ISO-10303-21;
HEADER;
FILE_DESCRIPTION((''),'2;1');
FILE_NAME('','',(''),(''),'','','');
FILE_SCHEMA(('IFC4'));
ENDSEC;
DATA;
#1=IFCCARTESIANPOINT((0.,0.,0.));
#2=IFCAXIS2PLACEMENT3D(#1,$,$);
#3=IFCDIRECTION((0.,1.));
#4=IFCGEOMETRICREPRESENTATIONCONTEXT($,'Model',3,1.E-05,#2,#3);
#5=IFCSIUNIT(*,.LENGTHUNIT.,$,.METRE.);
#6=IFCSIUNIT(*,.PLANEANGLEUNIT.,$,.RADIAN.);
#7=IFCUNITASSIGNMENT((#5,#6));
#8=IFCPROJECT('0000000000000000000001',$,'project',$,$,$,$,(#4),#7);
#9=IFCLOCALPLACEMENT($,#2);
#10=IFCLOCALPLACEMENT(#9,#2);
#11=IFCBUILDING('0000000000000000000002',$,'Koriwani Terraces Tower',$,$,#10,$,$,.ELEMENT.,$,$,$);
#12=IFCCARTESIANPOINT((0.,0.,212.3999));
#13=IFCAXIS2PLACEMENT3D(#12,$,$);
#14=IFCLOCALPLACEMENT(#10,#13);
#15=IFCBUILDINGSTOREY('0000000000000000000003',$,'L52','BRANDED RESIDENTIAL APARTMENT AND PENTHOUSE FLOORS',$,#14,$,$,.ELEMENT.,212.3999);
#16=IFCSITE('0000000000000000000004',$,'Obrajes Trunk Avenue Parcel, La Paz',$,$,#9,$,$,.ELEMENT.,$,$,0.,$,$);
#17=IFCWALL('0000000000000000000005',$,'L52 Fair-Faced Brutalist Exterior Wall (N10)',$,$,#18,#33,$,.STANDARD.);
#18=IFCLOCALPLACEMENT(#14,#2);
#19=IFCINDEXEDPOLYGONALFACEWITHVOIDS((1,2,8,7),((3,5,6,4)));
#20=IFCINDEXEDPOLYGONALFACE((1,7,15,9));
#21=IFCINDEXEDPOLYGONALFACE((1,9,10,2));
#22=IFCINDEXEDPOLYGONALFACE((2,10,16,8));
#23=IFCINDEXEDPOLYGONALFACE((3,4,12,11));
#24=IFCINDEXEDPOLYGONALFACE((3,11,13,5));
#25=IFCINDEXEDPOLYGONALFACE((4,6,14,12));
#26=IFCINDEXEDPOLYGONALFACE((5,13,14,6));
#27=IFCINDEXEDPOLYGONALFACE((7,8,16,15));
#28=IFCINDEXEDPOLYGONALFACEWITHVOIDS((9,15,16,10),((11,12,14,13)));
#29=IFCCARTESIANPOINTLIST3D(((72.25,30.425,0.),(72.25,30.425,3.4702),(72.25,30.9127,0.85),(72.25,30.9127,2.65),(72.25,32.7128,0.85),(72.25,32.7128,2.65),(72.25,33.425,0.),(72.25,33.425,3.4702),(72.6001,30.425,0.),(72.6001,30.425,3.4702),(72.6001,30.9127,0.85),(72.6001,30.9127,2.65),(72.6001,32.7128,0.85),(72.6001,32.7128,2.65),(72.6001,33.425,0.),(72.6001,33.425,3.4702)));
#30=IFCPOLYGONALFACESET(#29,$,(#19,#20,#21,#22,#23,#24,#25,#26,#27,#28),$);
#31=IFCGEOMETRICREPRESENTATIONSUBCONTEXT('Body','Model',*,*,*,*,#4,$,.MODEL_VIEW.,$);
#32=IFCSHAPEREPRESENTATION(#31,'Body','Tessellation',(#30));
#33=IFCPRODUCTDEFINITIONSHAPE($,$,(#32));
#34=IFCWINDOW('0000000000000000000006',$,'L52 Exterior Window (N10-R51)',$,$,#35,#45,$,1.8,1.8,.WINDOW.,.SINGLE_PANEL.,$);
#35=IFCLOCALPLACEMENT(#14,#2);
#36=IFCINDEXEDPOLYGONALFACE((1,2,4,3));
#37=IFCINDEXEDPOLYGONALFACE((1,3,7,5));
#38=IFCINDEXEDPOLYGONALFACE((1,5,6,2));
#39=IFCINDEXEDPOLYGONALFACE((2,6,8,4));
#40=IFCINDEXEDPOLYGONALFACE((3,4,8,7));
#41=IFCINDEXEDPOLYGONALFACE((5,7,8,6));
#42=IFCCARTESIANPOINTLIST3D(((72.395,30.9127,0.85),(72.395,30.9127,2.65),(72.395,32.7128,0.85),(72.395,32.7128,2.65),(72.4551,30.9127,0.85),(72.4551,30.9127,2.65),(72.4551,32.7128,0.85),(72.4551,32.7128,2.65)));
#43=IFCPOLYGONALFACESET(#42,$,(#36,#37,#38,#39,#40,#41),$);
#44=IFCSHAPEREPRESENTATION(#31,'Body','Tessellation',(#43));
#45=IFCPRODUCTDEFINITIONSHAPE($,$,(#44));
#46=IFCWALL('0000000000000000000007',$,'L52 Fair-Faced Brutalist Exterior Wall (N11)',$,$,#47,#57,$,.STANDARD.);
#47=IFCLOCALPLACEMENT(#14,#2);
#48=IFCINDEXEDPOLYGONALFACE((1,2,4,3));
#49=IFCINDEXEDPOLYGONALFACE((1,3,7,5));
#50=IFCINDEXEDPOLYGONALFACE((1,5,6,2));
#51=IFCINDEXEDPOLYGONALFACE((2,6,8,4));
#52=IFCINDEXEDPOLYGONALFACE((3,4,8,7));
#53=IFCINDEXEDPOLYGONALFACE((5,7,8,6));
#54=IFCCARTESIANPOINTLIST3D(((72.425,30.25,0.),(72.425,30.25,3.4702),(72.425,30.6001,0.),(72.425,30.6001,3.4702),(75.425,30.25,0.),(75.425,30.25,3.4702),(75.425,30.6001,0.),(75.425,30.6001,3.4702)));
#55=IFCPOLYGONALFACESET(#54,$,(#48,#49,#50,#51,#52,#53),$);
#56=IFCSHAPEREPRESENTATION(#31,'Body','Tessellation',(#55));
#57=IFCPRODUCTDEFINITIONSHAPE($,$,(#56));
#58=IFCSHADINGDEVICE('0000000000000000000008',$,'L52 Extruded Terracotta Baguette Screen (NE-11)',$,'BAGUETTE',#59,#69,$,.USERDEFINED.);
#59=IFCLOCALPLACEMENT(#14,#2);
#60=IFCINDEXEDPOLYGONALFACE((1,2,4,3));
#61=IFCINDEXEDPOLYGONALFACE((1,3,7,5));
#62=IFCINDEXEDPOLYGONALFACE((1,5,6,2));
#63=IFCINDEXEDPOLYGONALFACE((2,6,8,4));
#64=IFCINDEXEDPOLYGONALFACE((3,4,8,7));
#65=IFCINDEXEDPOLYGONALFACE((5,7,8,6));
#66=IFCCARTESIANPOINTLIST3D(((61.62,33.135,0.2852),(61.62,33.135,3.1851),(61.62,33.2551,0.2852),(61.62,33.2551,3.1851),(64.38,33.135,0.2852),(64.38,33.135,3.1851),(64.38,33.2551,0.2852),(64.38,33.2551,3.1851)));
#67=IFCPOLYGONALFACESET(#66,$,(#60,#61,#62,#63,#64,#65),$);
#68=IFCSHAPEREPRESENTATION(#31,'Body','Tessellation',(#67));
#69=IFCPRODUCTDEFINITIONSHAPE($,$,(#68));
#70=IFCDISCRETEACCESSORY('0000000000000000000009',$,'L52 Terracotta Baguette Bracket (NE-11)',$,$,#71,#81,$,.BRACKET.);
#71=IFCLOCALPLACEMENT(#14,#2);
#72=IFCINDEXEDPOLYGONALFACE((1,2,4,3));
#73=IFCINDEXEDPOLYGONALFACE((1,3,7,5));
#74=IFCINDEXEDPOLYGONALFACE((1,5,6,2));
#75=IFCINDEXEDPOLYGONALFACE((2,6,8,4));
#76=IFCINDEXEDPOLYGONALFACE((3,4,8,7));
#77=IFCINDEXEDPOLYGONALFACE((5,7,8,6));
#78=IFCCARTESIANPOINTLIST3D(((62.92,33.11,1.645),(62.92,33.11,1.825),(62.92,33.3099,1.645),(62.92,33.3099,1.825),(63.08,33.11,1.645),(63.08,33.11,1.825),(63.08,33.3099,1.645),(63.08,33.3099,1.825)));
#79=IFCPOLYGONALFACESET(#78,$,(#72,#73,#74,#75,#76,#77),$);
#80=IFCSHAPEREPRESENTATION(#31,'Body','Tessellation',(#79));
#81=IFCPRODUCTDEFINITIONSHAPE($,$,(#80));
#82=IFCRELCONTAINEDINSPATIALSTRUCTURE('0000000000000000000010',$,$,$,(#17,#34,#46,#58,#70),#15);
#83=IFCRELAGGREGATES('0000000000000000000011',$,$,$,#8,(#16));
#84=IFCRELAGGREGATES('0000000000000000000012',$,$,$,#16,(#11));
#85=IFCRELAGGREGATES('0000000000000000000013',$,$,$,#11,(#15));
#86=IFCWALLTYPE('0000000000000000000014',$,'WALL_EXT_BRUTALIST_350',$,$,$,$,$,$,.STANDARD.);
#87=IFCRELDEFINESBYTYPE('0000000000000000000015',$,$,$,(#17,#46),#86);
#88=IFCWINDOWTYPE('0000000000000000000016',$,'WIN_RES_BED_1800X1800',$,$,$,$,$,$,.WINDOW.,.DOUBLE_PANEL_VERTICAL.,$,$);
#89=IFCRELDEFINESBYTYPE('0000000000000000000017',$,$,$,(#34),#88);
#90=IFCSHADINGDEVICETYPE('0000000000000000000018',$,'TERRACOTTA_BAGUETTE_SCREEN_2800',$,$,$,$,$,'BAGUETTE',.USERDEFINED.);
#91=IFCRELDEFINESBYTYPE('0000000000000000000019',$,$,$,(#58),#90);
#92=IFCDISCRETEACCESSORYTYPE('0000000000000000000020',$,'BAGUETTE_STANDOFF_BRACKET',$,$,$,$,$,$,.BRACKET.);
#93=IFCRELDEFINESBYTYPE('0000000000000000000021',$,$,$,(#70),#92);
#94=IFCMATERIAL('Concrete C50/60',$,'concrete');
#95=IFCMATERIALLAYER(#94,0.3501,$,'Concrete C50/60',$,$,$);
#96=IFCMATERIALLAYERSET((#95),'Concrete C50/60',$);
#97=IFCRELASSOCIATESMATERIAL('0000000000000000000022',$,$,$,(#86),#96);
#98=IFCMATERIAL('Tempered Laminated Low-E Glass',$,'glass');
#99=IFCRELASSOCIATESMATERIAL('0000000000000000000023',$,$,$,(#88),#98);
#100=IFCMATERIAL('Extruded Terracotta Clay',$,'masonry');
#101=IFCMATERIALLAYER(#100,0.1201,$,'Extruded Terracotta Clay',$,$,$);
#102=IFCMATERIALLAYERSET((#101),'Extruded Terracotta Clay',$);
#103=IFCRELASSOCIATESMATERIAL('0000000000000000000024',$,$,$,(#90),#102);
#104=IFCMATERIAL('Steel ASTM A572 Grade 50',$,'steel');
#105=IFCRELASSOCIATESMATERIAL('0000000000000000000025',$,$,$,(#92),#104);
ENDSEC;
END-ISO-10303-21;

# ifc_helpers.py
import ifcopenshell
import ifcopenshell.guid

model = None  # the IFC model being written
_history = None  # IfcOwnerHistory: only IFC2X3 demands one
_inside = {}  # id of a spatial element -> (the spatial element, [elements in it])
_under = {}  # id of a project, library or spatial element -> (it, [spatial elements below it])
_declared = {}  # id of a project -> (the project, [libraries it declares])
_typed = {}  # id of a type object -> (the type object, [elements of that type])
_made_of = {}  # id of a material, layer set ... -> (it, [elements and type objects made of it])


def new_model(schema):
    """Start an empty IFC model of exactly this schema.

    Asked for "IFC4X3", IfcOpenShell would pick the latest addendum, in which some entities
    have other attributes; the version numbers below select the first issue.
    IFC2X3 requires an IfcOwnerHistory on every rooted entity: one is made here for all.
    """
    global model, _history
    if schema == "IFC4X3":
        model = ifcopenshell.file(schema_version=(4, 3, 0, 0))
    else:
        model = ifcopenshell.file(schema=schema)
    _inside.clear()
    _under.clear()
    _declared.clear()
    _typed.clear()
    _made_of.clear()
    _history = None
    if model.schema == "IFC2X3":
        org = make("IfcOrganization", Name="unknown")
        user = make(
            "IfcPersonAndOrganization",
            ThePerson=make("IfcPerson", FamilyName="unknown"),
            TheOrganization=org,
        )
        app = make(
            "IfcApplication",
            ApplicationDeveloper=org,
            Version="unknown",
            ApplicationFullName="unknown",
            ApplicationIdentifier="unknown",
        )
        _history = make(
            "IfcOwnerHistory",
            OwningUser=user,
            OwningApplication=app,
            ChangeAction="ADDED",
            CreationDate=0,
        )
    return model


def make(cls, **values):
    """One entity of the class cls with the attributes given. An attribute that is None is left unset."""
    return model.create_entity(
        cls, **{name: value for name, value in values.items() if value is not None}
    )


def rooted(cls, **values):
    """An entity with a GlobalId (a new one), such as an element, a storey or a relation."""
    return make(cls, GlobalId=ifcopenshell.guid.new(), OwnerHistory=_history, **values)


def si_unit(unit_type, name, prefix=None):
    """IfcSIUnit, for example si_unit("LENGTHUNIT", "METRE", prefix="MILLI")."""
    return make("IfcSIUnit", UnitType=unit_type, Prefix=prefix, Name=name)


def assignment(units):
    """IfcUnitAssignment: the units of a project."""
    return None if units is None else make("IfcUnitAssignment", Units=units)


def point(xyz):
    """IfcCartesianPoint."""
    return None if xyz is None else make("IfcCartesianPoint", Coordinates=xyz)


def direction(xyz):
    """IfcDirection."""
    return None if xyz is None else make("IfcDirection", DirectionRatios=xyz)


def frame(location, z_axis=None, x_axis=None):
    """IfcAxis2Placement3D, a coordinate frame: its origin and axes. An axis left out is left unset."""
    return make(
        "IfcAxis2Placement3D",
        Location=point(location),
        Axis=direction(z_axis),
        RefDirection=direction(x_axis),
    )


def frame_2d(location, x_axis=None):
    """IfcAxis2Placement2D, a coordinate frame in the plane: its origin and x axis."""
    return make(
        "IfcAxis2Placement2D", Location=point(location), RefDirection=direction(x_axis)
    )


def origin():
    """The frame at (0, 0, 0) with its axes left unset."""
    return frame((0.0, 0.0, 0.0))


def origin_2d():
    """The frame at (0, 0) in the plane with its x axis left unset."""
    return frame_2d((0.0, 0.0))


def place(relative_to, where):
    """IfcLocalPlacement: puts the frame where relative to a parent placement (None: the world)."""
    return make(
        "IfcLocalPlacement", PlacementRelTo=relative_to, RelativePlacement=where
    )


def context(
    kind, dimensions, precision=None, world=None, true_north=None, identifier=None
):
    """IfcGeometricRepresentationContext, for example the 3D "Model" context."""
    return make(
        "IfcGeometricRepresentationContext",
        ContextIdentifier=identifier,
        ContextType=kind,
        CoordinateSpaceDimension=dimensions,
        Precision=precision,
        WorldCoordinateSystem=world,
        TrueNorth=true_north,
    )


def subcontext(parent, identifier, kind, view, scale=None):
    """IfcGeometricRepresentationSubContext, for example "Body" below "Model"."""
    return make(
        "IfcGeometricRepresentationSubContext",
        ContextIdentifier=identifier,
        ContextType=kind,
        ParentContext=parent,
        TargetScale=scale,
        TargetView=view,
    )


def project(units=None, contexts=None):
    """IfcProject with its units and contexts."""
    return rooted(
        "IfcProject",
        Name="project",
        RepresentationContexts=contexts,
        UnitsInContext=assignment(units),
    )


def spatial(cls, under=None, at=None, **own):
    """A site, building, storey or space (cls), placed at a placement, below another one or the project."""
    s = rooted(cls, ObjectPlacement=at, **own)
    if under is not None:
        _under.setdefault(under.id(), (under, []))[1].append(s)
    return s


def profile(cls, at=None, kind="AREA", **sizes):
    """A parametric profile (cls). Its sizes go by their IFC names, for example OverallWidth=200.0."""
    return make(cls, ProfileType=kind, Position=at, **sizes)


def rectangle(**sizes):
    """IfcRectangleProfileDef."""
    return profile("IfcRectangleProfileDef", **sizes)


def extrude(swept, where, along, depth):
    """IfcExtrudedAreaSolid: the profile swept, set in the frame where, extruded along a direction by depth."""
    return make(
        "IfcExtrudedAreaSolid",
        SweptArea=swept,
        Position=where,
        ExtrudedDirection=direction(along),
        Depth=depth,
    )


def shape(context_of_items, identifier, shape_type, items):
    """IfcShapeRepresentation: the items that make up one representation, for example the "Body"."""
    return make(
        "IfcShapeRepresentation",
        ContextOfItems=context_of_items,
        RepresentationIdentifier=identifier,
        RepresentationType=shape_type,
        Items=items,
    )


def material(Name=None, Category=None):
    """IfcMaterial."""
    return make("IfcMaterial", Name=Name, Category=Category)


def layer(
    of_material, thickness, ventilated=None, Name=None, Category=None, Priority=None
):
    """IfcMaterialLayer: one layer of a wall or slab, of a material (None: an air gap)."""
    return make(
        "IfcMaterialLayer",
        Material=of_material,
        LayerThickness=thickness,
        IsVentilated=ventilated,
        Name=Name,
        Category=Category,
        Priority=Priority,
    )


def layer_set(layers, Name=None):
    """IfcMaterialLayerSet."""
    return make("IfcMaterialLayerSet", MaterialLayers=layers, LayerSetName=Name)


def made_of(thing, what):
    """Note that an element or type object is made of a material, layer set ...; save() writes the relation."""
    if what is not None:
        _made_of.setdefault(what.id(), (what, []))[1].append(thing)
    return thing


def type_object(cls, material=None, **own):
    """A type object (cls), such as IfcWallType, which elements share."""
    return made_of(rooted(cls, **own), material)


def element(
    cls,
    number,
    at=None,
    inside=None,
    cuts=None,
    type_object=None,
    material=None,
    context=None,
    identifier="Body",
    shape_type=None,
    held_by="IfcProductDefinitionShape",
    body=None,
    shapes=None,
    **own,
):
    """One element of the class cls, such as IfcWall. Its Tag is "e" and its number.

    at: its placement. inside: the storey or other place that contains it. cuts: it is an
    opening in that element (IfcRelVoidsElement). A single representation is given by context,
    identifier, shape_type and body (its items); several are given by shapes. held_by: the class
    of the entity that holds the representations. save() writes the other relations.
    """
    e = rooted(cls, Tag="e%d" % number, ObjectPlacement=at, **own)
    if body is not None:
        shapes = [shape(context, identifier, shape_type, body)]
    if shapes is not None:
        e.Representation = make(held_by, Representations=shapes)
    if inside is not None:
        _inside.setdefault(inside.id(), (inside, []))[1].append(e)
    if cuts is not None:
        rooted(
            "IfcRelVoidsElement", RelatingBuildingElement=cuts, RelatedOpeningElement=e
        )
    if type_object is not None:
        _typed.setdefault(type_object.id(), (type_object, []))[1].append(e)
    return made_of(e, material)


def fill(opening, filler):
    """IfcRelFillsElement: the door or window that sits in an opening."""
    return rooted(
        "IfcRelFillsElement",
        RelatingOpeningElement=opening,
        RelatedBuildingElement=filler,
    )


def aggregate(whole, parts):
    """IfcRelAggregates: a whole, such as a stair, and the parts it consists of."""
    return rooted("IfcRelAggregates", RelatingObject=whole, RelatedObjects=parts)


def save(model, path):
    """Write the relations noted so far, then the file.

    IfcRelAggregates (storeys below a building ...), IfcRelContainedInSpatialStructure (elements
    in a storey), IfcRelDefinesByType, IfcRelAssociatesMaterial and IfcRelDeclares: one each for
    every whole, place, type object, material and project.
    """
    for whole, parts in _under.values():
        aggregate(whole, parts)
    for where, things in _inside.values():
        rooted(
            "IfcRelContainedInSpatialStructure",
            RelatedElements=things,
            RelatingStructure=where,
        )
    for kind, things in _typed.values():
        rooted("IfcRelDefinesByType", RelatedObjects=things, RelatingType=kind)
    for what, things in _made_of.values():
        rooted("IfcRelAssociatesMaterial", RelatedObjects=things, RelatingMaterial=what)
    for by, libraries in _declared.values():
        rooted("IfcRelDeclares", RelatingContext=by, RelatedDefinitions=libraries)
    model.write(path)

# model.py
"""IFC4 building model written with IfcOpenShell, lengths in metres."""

from ifc_helpers import new_model, si_unit, direction, frame, frame_2d, origin, origin_2d, place, context, subcontext, project, spatial, rectangle, extrude, material, layer, layer_set, type_object, element, fill, save


model = new_model("IFC4")

# Units and contexts
model_context = context("Model", 3, precision=1e-05, world=origin(), true_north=direction((0.0, 1.0)))
body_context = subcontext(model_context, "Body", "Model", "MODEL_VIEW")
ifc_project = project(units=[si_unit("LENGTHUNIT", "METRE"), si_unit("PLANEANGLEUNIT", "RADIAN")], contexts=[model_context])

# Site, building, storey
site_placement = place(None, origin())
site = spatial("IfcSite", under=ifc_project, at=site_placement, Name="Obrajes Trunk Avenue Parcel, La Paz", CompositionType="ELEMENT", RefElevation=0.0)
building_placement = place(site_placement, origin())
building = spatial("IfcBuilding", under=site, at=building_placement, Name="Koriwani Terraces Tower", CompositionType="ELEMENT")
storey_placement = place(building_placement, frame((0.0, 0.0, 212.3999)))
storey = spatial("IfcBuildingStorey", under=building, at=storey_placement, Name="L52", Description="BRANDED RESIDENTIAL APARTMENT AND PENTHOUSE FLOORS", CompositionType="ELEMENT", Elevation=212.3999)

# Shared definitions
ifc_material_1 = material(Name="Concrete C50/60", Category="concrete")

# Shared definitions
ifc_material_2 = material(Name="Steel ASTM A572 Grade 50", Category="steel")

# Shared definitions
ifc_material_3 = material(Name="Tempered Laminated Low-E Glass", Category="glass")

# Wall, opening, window
ifc_layer_1 = layer(ifc_material_1, 0.3501, Name="Concrete C50/60")
ifc_layer_set_1 = layer_set([ifc_layer_1], Name="Concrete C50/60")
wall_type_1 = type_object("IfcWallType", Name="WALL_EXT_BRUTALIST_350", PredefinedType="STANDARD", material=ifc_layer_set_1)
wall_1_placement = place(storey_placement, frame((72.425, 33.425, 0.0), z_axis=(0.0, 0.0, 1.0), x_axis=(0.0, -1.0, 0.0)))
wall_1 = element("IfcWall", 1, at=wall_1_placement, inside=storey, type_object=wall_type_1, Name="L52 Fair-Faced Brutalist Exterior Wall (N10)", PredefinedType="STANDARD", context=body_context, shape_type="SweptSolid", body=[
    extrude(rectangle(XDim=3.0, YDim=0.3501, at=frame_2d((1.5, 0.0))), origin(), (0.0, 0.0, 1.0), 3.4702),
])
opening_placement = place(wall_1_placement, frame((0.7124, 0.0, 0.8501)))
opening = element("IfcOpeningElement", 2, at=opening_placement, cuts=wall_1, PredefinedType="OPENING", context=body_context, shape_type="SweptSolid", body=[
    extrude(rectangle(XDim=1.8, YDim=1.8, at=frame_2d((0.8999, 0.8999))), frame((0.0, 0.1851, 0.0), z_axis=(0.0, -1.0, 0.0), x_axis=(1.0, 0.0, 0.0)), (0.0, 0.0, 1.0), 0.3701),
])
window_type = type_object("IfcWindowType", Name="WIN_RES_BED_1800X1800", PartitioningType="DOUBLE_PANEL_VERTICAL", PredefinedType="WINDOW", material=ifc_material_3)
window_placement = place(opening_placement, origin())
window = element("IfcWindow", 3, at=window_placement, inside=storey, type_object=window_type, Name="L52 Exterior Window (N10-R51)", OverallHeight=1.8, OverallWidth=1.8, PartitioningType="SINGLE_PANEL", PredefinedType="WINDOW", context=body_context, shape_type="SweptSolid", body=[
    extrude(rectangle(XDim=1.8, YDim=1.8, at=frame_2d((0.8999, 0.8999))), frame((0.0, 0.03, 0.0), z_axis=(0.0, -1.0, 0.0), x_axis=(1.0, 0.0, 0.0)), (0.0, 0.0, 1.0), 0.0601),
])
fill(opening, window)

# Wall
wall_2_placement = place(storey_placement, frame((72.425, 30.425, 0.0), z_axis=(0.0, 0.0, 1.0), x_axis=(1.0, 0.0, 0.0)))
element("IfcWall", 4, at=wall_2_placement, inside=storey, type_object=wall_type_1, Name="L52 Fair-Faced Brutalist Exterior Wall (N11)", PredefinedType="STANDARD", context=body_context, shape_type="SweptSolid", body=[
    extrude(rectangle(XDim=3.0, YDim=0.3501, at=frame_2d((1.5, 0.0))), origin(), (0.0, 0.0, 1.0), 3.4702),
])

# Shading device
ifc_material_4 = material(Name="Extruded Terracotta Clay", Category="masonry")
ifc_layer_2 = layer(ifc_material_4, 0.1201, Name="Extruded Terracotta Clay")
ifc_layer_set_2 = layer_set([ifc_layer_2], Name="Extruded Terracotta Clay")
shading_device_type = type_object("IfcShadingDeviceType", Name="TERRACOTTA_BAGUETTE_SCREEN_2800", ElementType="BAGUETTE", PredefinedType="USERDEFINED", material=ifc_layer_set_2)
shading_device_placement = place(storey_placement, frame((63.0, 33.1951, 0.2852), z_axis=(0.0, 0.0, 1.0), x_axis=(1.0, 0.0, 0.0)))
element("IfcShadingDevice", 5, at=shading_device_placement, inside=storey, type_object=shading_device_type, Name="L52 Extruded Terracotta Baguette Screen (NE-11)", ObjectType="BAGUETTE", PredefinedType="USERDEFINED", context=body_context, shape_type="SweptSolid", body=[
    extrude(rectangle(XDim=2.76, YDim=0.1201, at=origin_2d()), origin(), (0.0, 0.0, 1.0), 2.8999),
])

# Discrete accessory
discrete_accessory_type = type_object("IfcDiscreteAccessoryType", Name="BAGUETTE_STANDOFF_BRACKET", PredefinedType="BRACKET", material=ifc_material_2)
discrete_accessory_placement = place(storey_placement, frame((63.0, 33.21, 1.645), z_axis=(0.0, 0.0, 1.0), x_axis=(1.0, 0.0, 0.0)))
element("IfcDiscreteAccessory", 6, at=discrete_accessory_placement, inside=storey, type_object=discrete_accessory_type, Name="L52 Terracotta Baguette Bracket (NE-11)", PredefinedType="BRACKET", context=body_context, shape_type="SweptSolid", body=[
    extrude(rectangle(XDim=0.1599, YDim=0.2, at=origin_2d()), origin(), (0.0, 0.0, 1.0), 0.1799),
])

save(model, "model.ifc")
